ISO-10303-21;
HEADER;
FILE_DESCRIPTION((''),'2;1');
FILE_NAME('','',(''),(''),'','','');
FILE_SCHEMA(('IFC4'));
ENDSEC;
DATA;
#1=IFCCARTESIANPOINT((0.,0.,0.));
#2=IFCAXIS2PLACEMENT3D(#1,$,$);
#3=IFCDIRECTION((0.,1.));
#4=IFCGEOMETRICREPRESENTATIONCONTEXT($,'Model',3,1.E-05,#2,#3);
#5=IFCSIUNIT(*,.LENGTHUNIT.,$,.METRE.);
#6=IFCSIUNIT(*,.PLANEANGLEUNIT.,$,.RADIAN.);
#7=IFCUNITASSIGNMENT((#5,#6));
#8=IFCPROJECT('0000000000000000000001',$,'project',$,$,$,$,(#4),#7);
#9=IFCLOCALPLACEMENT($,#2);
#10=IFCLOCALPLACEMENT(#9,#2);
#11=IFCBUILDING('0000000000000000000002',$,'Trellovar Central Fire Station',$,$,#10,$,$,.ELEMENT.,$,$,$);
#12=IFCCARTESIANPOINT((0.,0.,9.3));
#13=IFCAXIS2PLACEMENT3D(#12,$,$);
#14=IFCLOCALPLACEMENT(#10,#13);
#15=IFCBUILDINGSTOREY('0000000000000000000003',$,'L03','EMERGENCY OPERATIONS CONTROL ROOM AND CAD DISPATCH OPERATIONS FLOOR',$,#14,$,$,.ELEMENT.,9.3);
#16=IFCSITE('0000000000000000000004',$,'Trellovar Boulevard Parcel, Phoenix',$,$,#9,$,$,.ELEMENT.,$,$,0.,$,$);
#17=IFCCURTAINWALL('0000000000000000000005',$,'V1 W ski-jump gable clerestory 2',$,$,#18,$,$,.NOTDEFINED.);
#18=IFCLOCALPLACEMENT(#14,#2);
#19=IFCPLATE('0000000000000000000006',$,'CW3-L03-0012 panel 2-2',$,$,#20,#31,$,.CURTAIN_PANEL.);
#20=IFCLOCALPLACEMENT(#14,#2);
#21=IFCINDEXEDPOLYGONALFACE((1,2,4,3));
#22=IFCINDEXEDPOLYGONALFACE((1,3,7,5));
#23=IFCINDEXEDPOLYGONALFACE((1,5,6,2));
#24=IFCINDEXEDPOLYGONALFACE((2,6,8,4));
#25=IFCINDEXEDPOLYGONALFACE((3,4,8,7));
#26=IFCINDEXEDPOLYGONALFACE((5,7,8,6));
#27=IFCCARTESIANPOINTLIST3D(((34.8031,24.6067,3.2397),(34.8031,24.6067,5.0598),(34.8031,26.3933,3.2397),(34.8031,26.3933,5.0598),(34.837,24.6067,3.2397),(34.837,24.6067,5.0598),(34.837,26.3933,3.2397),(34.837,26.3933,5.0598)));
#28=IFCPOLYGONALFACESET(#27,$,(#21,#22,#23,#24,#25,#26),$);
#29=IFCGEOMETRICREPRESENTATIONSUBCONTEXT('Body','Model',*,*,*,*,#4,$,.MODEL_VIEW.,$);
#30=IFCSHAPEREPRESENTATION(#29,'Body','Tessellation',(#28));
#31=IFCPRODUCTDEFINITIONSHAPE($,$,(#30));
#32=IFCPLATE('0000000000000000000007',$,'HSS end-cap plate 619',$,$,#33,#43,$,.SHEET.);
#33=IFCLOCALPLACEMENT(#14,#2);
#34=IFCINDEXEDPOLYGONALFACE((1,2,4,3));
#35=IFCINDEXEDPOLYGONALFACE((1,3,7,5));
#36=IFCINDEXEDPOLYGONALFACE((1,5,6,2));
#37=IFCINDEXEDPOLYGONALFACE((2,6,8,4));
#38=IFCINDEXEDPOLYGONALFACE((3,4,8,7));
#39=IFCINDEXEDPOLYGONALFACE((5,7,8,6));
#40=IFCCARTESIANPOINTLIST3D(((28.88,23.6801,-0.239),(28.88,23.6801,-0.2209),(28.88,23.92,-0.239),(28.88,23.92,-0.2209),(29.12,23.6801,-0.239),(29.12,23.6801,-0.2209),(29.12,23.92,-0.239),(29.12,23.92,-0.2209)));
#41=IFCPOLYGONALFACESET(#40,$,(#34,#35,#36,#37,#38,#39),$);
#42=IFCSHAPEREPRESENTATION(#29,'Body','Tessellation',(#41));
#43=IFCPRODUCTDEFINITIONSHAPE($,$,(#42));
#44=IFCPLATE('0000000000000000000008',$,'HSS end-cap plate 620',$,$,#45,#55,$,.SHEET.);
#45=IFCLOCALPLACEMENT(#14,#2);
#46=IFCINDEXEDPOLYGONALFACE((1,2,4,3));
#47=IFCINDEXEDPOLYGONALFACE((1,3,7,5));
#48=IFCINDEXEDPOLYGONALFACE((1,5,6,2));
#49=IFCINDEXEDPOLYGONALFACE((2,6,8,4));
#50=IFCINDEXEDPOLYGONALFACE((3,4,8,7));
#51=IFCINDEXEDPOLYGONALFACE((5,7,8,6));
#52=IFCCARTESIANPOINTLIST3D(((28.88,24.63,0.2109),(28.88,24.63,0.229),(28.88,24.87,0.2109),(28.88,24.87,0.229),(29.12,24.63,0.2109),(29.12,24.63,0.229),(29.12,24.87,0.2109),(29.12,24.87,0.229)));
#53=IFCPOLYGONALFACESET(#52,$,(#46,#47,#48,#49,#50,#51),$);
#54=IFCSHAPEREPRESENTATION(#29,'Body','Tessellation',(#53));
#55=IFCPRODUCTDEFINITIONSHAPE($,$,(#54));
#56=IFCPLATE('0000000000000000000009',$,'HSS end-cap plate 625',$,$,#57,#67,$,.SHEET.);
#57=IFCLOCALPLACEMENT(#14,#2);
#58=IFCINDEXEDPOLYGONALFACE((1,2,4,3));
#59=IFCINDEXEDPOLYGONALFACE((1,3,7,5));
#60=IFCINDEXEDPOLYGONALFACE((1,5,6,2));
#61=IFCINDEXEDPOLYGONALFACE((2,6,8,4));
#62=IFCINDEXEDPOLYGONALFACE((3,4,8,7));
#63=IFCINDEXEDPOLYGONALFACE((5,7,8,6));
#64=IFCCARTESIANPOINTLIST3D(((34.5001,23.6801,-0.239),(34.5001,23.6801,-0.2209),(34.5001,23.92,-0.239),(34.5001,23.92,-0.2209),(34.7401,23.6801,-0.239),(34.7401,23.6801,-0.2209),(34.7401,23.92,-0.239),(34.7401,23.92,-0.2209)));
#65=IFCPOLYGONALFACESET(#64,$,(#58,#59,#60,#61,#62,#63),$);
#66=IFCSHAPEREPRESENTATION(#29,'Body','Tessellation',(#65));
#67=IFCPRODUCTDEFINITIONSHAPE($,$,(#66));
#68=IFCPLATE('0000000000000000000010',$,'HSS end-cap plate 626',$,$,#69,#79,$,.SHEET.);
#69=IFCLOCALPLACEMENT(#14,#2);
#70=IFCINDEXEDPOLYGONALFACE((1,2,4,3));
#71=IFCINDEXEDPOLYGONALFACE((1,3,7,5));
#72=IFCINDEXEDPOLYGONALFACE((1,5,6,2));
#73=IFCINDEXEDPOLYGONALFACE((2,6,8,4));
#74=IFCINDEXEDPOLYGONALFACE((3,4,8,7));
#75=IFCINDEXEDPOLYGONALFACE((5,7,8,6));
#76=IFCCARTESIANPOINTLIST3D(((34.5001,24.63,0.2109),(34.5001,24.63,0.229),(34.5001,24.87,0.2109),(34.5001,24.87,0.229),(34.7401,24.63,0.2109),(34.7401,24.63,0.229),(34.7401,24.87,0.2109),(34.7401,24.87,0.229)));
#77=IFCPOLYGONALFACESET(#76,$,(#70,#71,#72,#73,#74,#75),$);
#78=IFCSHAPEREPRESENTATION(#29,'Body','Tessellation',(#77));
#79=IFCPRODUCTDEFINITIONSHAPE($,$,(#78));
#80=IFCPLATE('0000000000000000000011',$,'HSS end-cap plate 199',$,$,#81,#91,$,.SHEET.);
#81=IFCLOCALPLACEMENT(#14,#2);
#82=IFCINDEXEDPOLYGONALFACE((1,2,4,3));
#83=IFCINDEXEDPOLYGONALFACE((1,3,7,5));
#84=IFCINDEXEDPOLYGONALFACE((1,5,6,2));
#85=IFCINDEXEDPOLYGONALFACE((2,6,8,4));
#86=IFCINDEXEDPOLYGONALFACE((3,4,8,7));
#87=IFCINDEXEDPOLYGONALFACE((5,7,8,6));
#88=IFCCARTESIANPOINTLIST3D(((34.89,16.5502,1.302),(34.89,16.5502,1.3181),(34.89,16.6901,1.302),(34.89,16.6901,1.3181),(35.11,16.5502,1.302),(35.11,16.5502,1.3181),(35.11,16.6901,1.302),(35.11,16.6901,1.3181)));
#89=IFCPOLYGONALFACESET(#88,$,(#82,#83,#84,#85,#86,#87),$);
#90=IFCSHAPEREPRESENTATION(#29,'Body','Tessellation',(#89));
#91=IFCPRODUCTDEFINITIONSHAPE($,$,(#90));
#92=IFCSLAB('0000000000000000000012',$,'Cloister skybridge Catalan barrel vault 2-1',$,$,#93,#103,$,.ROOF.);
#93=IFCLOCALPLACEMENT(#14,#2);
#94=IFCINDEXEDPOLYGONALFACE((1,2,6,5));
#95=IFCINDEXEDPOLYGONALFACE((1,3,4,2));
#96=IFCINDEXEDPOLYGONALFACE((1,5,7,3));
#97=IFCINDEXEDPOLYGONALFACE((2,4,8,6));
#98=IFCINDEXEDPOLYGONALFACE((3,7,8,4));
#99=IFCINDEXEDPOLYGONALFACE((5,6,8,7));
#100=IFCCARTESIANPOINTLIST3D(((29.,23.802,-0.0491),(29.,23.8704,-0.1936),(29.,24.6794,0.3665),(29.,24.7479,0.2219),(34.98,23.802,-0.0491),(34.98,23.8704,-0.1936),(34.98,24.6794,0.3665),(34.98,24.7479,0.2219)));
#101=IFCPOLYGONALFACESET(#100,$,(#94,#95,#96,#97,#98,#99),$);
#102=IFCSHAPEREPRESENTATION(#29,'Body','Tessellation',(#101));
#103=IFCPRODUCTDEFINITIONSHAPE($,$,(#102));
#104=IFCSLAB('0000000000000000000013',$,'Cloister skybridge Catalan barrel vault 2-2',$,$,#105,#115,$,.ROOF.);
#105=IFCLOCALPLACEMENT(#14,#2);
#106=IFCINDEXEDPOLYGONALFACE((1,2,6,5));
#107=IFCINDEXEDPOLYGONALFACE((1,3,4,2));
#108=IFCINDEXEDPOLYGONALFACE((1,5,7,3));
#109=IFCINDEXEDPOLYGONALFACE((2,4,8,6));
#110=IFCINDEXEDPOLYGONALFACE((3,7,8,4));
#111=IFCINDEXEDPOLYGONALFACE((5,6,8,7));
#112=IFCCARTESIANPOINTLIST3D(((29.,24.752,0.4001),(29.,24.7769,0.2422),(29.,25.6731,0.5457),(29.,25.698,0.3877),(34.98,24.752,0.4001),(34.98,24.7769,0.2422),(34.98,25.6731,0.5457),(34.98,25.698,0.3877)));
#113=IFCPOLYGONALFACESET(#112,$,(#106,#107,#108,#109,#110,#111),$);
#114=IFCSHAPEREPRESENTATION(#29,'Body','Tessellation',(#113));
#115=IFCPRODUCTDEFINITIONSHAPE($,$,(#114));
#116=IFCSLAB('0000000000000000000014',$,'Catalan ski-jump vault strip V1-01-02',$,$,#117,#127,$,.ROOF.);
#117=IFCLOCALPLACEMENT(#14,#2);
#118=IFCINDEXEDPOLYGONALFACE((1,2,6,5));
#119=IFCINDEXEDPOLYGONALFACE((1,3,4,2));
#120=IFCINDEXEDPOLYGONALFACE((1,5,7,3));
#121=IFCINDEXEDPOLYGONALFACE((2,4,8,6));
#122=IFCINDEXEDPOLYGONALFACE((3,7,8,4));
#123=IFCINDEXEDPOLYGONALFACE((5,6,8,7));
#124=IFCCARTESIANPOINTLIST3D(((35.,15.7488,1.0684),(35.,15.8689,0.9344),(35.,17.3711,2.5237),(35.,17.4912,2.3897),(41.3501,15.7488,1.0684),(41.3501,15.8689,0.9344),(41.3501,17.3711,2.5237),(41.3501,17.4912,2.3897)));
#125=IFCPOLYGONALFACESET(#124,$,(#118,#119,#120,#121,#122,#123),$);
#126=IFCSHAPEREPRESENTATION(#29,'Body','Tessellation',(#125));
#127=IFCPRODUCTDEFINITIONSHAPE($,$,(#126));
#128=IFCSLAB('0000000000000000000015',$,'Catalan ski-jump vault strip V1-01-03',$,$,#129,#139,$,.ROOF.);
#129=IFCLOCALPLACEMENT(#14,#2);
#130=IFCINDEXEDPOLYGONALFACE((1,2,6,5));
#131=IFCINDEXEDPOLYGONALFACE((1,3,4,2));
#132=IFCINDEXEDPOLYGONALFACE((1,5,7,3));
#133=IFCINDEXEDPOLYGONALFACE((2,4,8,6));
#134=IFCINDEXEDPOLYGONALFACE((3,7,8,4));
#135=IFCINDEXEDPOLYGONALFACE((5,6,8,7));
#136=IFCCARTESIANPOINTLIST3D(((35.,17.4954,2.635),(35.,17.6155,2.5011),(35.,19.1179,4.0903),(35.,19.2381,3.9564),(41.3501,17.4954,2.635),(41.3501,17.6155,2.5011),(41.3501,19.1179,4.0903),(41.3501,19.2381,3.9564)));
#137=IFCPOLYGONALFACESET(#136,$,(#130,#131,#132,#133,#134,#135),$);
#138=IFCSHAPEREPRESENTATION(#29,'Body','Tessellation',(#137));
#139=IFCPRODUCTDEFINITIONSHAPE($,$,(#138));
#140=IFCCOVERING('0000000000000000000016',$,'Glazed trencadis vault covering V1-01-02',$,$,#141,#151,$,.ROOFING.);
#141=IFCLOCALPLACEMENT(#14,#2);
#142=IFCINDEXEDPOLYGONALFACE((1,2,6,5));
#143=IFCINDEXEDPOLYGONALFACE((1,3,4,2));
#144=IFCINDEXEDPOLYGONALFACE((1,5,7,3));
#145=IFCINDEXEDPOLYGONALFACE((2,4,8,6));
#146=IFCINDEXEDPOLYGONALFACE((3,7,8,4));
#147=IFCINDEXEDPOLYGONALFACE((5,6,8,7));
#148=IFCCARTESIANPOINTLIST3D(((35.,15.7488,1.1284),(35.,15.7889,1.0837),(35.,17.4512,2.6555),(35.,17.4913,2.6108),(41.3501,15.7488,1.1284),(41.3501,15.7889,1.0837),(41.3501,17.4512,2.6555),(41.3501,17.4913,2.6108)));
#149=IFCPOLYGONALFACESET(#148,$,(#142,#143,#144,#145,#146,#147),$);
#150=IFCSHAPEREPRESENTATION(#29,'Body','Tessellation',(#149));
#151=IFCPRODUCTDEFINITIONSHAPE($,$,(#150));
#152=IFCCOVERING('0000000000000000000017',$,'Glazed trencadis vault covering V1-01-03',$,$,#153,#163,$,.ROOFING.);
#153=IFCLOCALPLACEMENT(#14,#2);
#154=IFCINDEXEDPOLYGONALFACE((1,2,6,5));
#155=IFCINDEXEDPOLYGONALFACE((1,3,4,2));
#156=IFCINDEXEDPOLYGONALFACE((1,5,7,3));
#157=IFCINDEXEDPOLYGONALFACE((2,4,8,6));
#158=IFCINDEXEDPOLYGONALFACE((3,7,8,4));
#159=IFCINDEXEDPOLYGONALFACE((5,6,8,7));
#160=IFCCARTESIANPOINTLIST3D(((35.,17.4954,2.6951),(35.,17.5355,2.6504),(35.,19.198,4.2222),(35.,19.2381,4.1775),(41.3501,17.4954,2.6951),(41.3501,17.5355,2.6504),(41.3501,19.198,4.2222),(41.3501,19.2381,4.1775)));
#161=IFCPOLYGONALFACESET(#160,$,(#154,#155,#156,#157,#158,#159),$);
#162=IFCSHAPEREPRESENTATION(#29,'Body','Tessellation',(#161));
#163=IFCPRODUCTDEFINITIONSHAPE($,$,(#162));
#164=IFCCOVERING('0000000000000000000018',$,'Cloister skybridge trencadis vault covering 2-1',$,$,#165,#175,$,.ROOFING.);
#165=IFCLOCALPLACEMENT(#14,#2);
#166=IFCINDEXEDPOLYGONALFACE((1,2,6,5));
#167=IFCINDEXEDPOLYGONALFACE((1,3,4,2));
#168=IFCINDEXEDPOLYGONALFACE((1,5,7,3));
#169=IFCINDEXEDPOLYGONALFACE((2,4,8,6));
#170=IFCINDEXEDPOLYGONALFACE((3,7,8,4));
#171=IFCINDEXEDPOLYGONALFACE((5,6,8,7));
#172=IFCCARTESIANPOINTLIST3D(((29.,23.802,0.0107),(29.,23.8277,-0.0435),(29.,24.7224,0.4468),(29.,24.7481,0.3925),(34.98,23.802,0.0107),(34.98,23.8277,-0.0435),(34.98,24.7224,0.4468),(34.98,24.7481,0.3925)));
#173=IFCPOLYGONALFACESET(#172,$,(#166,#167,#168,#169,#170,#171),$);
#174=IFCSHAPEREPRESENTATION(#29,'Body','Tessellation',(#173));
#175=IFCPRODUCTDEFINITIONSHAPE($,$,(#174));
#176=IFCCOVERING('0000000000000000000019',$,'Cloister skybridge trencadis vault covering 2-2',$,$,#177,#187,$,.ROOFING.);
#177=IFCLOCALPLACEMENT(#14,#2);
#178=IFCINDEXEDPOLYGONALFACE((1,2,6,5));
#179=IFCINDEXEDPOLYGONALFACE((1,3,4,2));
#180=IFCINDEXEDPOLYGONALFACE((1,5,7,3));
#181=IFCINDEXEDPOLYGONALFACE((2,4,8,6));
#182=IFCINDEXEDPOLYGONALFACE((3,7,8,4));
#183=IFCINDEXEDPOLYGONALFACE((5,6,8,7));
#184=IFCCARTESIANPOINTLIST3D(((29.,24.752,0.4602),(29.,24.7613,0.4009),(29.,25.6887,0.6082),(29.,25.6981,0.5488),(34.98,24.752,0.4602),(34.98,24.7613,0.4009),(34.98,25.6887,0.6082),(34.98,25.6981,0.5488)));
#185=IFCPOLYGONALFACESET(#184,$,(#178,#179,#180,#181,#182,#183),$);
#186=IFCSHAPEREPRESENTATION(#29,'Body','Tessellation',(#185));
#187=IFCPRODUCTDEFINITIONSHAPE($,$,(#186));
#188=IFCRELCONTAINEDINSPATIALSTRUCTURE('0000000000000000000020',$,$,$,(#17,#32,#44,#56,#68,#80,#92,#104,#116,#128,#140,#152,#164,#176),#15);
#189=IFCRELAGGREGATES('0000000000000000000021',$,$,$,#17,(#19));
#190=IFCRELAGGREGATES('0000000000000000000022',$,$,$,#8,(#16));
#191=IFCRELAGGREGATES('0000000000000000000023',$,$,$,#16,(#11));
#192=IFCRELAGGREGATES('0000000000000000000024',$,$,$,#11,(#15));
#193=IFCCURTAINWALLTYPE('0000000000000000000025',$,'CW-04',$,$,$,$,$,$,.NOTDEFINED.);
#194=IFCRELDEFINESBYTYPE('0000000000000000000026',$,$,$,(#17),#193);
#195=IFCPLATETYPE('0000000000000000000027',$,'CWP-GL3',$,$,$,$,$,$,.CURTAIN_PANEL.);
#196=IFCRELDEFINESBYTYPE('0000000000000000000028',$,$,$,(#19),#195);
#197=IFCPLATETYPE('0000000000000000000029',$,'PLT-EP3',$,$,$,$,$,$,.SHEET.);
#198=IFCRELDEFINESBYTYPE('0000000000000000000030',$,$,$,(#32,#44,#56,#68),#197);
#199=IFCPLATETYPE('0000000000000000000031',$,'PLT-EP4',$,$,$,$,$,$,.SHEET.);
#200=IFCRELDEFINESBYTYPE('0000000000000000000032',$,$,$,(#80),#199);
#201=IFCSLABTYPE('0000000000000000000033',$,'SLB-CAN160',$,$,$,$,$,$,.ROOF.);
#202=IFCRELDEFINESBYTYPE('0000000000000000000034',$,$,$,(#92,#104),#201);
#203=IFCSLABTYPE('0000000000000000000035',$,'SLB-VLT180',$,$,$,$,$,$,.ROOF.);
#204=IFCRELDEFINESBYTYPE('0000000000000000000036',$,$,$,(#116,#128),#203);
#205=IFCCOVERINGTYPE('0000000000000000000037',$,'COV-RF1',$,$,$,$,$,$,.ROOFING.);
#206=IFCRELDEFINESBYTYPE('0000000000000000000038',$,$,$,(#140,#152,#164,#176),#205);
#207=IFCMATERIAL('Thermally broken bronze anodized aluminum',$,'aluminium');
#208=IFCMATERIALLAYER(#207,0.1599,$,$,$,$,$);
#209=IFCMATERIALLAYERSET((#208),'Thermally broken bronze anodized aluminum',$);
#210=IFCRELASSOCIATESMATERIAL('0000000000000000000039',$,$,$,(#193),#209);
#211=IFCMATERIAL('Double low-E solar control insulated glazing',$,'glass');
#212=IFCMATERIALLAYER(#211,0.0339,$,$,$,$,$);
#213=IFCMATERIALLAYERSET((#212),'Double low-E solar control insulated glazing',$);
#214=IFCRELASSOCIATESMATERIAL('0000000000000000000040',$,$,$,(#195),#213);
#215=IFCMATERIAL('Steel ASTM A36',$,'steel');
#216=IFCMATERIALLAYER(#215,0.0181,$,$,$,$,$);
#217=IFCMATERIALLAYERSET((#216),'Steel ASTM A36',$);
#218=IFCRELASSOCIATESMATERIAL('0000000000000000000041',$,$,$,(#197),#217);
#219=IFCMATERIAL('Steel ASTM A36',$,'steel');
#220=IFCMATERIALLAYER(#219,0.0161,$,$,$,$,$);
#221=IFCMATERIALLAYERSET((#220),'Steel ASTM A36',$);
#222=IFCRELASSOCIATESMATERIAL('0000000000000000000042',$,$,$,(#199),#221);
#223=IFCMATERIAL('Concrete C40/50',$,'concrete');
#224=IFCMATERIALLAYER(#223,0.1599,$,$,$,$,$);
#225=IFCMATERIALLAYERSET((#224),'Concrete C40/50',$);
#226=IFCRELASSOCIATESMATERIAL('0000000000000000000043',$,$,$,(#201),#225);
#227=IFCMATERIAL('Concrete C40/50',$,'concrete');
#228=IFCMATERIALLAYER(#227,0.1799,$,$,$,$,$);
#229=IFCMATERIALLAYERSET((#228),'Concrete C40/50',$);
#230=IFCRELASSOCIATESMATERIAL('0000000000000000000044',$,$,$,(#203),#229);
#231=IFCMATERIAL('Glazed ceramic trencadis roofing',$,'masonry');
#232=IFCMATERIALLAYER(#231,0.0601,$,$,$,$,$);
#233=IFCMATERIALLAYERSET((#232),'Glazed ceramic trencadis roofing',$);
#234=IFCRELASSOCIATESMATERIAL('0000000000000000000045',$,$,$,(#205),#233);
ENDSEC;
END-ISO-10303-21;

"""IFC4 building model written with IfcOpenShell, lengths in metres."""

from ifc_helpers import new_model, si_unit, direction, frame, origin, origin_2d, place, context, subcontext, project, spatial, polyline, rectangle, outline, extrude, material, layer, layer_set, type_object, element, aggregate, save


model = new_model("IFC4")

# Units and contexts
model_context = context("Model", 3, precision=1e-05, world=origin(), true_north=direction((0.0, 1.0)))
body_context = subcontext(model_context, "Body", "Model", "MODEL_VIEW")
ifc_project = project(units=[si_unit("LENGTHUNIT", "METRE"), si_unit("PLANEANGLEUNIT", "RADIAN")], contexts=[model_context])

# Site, building, storey
site_placement = place(None, origin())
site = spatial("IfcSite", under=ifc_project, at=site_placement, Name="Trellovar Boulevard Parcel, Phoenix", CompositionType="ELEMENT", RefElevation=0.0)
building_placement = place(site_placement, origin())
building = spatial("IfcBuilding", under=site, at=building_placement, Name="Trellovar Central Fire Station", CompositionType="ELEMENT")
storey_placement = place(building_placement, frame((0.0, 0.0, 9.3)))
storey = spatial("IfcBuildingStorey", under=building, at=storey_placement, Name="L03", Description="EMERGENCY OPERATIONS CONTROL ROOM AND CAD DISPATCH OPERATIONS FLOOR", CompositionType="ELEMENT", Elevation=9.3)

# Curtain wall
ifc_material_1 = material(Name="Thermally broken bronze anodized aluminum", Category="aluminium")
ifc_layer_1 = layer(ifc_material_1, 0.1599)
ifc_layer_set_1 = layer_set([ifc_layer_1], Name="Thermally broken bronze anodized aluminum")
curtain_wall_type = type_object("IfcCurtainWallType", Name="CW-04", PredefinedType="NOTDEFINED", material=ifc_layer_set_1)
curtain_wall_placement = place(storey_placement, origin())
curtain_wall = element("IfcCurtainWall", 1, at=curtain_wall_placement, inside=storey, type_object=curtain_wall_type, Name="V1 W ski-jump gable clerestory 2", PredefinedType="NOTDEFINED")

# Plate
ifc_material_2 = material(Name="Double low-E solar control insulated glazing", Category="glass")
ifc_layer_2 = layer(ifc_material_2, 0.0339)
ifc_layer_set_2 = layer_set([ifc_layer_2], Name="Double low-E solar control insulated glazing")
plate_type_1 = type_object("IfcPlateType", Name="CWP-GL3", PredefinedType="CURTAIN_PANEL", material=ifc_layer_set_2)
plate_1_placement = place(storey_placement, frame((34.8201, 25.5, 3.2397), z_axis=(0.0, 0.0, 1.0), x_axis=(0.0, 1.0, 0.0)))
plate_1 = element("IfcPlate", 2, at=plate_1_placement, type_object=plate_type_1, Name="CW3-L03-0012 panel 2-2", PredefinedType="CURTAIN_PANEL", context=body_context, shape_type="SweptSolid", body=[
    extrude(rectangle(XDim=1.7866, YDim=0.0339, at=origin_2d()), origin(), (0.0, 0.0, 1.0), 1.8201),
])
aggregate(curtain_wall, [plate_1])

# Plates
ifc_material_3 = material(Name="Steel ASTM A36", Category="steel")
ifc_layer_3 = layer(ifc_material_3, 0.0181)
ifc_layer_set_3 = layer_set([ifc_layer_3], Name="Steel ASTM A36")
plate_type_2 = type_object("IfcPlateType", Name="PLT-EP3", PredefinedType="SHEET", material=ifc_layer_set_3)
for number, where, z_axis, x_axis, name in (
    (3, (29.0, 23.8, -0.239), (0.0, 0.0, 1.0), (1.0, 0.0, 0.0), "HSS end-cap plate 619"),
    (4, (29.0, 24.75, 0.2109), (0.0, 0.0, 1.0), (1.0, 0.0, 0.0), "HSS end-cap plate 620"),
    (5, (34.6201, 23.8, -0.239), (0.0, 0.0, 1.0), (1.0, 0.0, 0.0), "HSS end-cap plate 625"),
    (6, (34.6201, 24.75, 0.2109), (0.0, 0.0, 1.0), (1.0, 0.0, 0.0), "HSS end-cap plate 626"),
):
    element("IfcPlate", number, at=place(storey_placement, frame(where, z_axis=z_axis, x_axis=x_axis)), inside=storey, type_object=plate_type_2, Name=name, PredefinedType="SHEET", context=body_context, shape_type="SweptSolid", body=[
        extrude(rectangle(XDim=0.24, YDim=0.24, at=origin_2d()), origin(), (0.0, 0.0, 1.0), 0.0181),
    ])
ifc_material_4 = material(Name="Steel ASTM A36", Category="steel")
ifc_layer_4 = layer(ifc_material_4, 0.0161)
ifc_layer_set_4 = layer_set([ifc_layer_4], Name="Steel ASTM A36")
plate_type_3 = type_object("IfcPlateType", Name="PLT-EP4", PredefinedType="SHEET", material=ifc_layer_set_4)
plate_2_placement = place(storey_placement, frame((35.0, 16.6201, 1.302), z_axis=(0.0, 0.0, 1.0), x_axis=(1.0, 0.0, 0.0)))
element("IfcPlate", 7, at=plate_2_placement, inside=storey, type_object=plate_type_3, Name="HSS end-cap plate 199", PredefinedType="SHEET", context=body_context, shape_type="SweptSolid", body=[
    extrude(rectangle(XDim=0.22, YDim=0.1399, at=origin_2d()), origin(), (0.0, 0.0, 1.0), 0.0161),
])

# Slabs
ifc_material_5 = material(Name="Concrete C40/50", Category="concrete")
ifc_layer_5 = layer(ifc_material_5, 0.1599)
ifc_layer_set_5 = layer_set([ifc_layer_5], Name="Concrete C40/50")
slab_type_1 = type_object("IfcSlabType", Name="SLB-CAN160", PredefinedType="ROOF", material=ifc_layer_set_5)
slab_1_placement = place(storey_placement, frame((29.0, 23.802, -0.0491), z_axis=(0.0, -0.428, 0.903779), x_axis=(1.0, 0.0, 0.0)))
element("IfcSlab", 8, at=slab_1_placement, inside=storey, type_object=slab_type_1, Name="Cloister skybridge Catalan barrel vault 2-1", PredefinedType="ROOF", context=body_context, shape_type="SweptSolid", body=[
    extrude(outline(polyline([(0.0, 0.0), (5.98, 0.0), (5.98, 0.9709), (0.0, 0.9709), (0.0, 0.0)])), origin(), (0.0, 0.0, -1.0), 0.1599),
])
slab_2_placement = place(storey_placement, frame((29.0, 24.752, 0.4001), z_axis=(0.0, -0.15603, 0.987752), x_axis=(1.0, 0.0, 0.0)))
element("IfcSlab", 9, at=slab_2_placement, inside=storey, type_object=slab_type_1, Name="Cloister skybridge Catalan barrel vault 2-2", PredefinedType="ROOF", context=body_context, shape_type="SweptSolid", body=[
    extrude(outline(polyline([(0.0, 0.0), (5.98, 0.0), (5.98, 0.9326), (0.0, 0.9326), (0.0, 0.0)])), origin(), (0.0, 0.0, -1.0), 0.1599),
])
ifc_material_6 = material(Name="Concrete C40/50", Category="concrete")
ifc_layer_6 = layer(ifc_material_6, 0.1799)
ifc_layer_set_6 = layer_set([ifc_layer_6], Name="Concrete C40/50")
slab_type_2 = type_object("IfcSlabType", Name="SLB-VLT180", PredefinedType="ROOF", material=ifc_layer_set_6)
slab_3_placement = place(storey_placement, frame((35.0, 15.7488, 1.0684), z_axis=(0.0, -0.667757, 0.744379), x_axis=(1.0, 0.0, 0.0)))
element("IfcSlab", 10, at=slab_3_placement, inside=storey, type_object=slab_type_2, Name="Catalan ski-jump vault strip V1-01-02", PredefinedType="ROOF", context=body_context, shape_type="SweptSolid", body=[
    extrude(outline(polyline([(0.0, 0.0), (6.3501, 0.0), (6.3501, 2.1794), (0.0, 2.1794), (0.0, 0.0)])), origin(), (0.0, 0.0, -1.0), 0.1799),
])
slab_4_placement = place(storey_placement, frame((35.0, 17.4954, 2.635), z_axis=(0.0, -0.667701, 0.744429), x_axis=(1.0, 0.0, 0.0)))
element("IfcSlab", 11, at=slab_4_placement, inside=storey, type_object=slab_type_2, Name="Catalan ski-jump vault strip V1-01-03", PredefinedType="ROOF", context=body_context, shape_type="SweptSolid", body=[
    extrude(outline(polyline([(0.0, 0.0), (6.3501, 0.0), (6.3501, 2.1796), (0.0, 2.1796), (0.0, 0.0)])), origin(), (0.0, 0.0, -1.0), 0.1799),
])

# Coverings
ifc_material_7 = material(Name="Glazed ceramic trencadis roofing", Category="masonry")
ifc_layer_7 = layer(ifc_material_7, 0.0601)
ifc_layer_set_7 = layer_set([ifc_layer_7], Name="Glazed ceramic trencadis roofing")
covering_type = type_object("IfcCoveringType", Name="COV-RF1", PredefinedType="ROOFING", material=ifc_layer_set_7)
covering_1_placement = place(storey_placement, frame((35.0, 15.7488, 1.1284), z_axis=(0.0, -0.667743, 0.744392), x_axis=(1.0, 0.0, 0.0)))
element("IfcCovering", 12, at=covering_1_placement, inside=storey, type_object=covering_type, Name="Glazed trencadis vault covering V1-01-02", PredefinedType="ROOFING", context=body_context, shape_type="SweptSolid", body=[
    extrude(outline(polyline([(0.0, 0.0), (6.3501, 0.0), (6.3501, 2.287), (0.0, 2.287), (0.0, 0.0)])), origin(), (0.0, 0.0, -1.0), 0.0601),
])
covering_2_placement = place(storey_placement, frame((35.0, 17.4954, 2.6951), z_axis=(0.0, -0.66769, 0.74444), x_axis=(1.0, 0.0, 0.0)))
element("IfcCovering", 13, at=covering_2_placement, inside=storey, type_object=covering_type, Name="Glazed trencadis vault covering V1-01-03", PredefinedType="ROOFING", context=body_context, shape_type="SweptSolid", body=[
    extrude(outline(polyline([(0.0, 0.0), (6.3501, 0.0), (6.3501, 2.2871), (0.0, 2.2871), (0.0, 0.0)])), origin(), (0.0, 0.0, -1.0), 0.0601),
])
covering_3_placement = place(storey_placement, frame((29.0, 23.802, 0.0107), z_axis=(0.0, -0.428128, 0.903718), x_axis=(1.0, 0.0, 0.0)))
element("IfcCovering", 14, at=covering_3_placement, inside=storey, type_object=covering_type, Name="Cloister skybridge trencadis vault covering 2-1", PredefinedType="ROOFING", context=body_context, shape_type="SweptSolid", body=[
    extrude(outline(polyline([(0.0, 0.0), (5.98, 0.0), (5.98, 1.0185), (0.0, 1.0185), (0.0, 0.0)])), origin(), (0.0, 0.0, -1.0), 0.0601),
])
covering_4_placement = place(storey_placement, frame((29.0, 24.752, 0.4602), z_axis=(0.0, -0.156002, 0.987757), x_axis=(1.0, 0.0, 0.0)))
element("IfcCovering", 15, at=covering_4_placement, inside=storey, type_object=covering_type, Name="Cloister skybridge trencadis vault covering 2-2", PredefinedType="ROOFING", context=body_context, shape_type="SweptSolid", body=[
    extrude(outline(polyline([(0.0, 0.0), (5.98, 0.0), (5.98, 0.9484), (0.0, 0.9484), (0.0, 0.0)])), origin(), (0.0, 0.0, -1.0), 0.0601),
])

save(model, "model.ifc")
